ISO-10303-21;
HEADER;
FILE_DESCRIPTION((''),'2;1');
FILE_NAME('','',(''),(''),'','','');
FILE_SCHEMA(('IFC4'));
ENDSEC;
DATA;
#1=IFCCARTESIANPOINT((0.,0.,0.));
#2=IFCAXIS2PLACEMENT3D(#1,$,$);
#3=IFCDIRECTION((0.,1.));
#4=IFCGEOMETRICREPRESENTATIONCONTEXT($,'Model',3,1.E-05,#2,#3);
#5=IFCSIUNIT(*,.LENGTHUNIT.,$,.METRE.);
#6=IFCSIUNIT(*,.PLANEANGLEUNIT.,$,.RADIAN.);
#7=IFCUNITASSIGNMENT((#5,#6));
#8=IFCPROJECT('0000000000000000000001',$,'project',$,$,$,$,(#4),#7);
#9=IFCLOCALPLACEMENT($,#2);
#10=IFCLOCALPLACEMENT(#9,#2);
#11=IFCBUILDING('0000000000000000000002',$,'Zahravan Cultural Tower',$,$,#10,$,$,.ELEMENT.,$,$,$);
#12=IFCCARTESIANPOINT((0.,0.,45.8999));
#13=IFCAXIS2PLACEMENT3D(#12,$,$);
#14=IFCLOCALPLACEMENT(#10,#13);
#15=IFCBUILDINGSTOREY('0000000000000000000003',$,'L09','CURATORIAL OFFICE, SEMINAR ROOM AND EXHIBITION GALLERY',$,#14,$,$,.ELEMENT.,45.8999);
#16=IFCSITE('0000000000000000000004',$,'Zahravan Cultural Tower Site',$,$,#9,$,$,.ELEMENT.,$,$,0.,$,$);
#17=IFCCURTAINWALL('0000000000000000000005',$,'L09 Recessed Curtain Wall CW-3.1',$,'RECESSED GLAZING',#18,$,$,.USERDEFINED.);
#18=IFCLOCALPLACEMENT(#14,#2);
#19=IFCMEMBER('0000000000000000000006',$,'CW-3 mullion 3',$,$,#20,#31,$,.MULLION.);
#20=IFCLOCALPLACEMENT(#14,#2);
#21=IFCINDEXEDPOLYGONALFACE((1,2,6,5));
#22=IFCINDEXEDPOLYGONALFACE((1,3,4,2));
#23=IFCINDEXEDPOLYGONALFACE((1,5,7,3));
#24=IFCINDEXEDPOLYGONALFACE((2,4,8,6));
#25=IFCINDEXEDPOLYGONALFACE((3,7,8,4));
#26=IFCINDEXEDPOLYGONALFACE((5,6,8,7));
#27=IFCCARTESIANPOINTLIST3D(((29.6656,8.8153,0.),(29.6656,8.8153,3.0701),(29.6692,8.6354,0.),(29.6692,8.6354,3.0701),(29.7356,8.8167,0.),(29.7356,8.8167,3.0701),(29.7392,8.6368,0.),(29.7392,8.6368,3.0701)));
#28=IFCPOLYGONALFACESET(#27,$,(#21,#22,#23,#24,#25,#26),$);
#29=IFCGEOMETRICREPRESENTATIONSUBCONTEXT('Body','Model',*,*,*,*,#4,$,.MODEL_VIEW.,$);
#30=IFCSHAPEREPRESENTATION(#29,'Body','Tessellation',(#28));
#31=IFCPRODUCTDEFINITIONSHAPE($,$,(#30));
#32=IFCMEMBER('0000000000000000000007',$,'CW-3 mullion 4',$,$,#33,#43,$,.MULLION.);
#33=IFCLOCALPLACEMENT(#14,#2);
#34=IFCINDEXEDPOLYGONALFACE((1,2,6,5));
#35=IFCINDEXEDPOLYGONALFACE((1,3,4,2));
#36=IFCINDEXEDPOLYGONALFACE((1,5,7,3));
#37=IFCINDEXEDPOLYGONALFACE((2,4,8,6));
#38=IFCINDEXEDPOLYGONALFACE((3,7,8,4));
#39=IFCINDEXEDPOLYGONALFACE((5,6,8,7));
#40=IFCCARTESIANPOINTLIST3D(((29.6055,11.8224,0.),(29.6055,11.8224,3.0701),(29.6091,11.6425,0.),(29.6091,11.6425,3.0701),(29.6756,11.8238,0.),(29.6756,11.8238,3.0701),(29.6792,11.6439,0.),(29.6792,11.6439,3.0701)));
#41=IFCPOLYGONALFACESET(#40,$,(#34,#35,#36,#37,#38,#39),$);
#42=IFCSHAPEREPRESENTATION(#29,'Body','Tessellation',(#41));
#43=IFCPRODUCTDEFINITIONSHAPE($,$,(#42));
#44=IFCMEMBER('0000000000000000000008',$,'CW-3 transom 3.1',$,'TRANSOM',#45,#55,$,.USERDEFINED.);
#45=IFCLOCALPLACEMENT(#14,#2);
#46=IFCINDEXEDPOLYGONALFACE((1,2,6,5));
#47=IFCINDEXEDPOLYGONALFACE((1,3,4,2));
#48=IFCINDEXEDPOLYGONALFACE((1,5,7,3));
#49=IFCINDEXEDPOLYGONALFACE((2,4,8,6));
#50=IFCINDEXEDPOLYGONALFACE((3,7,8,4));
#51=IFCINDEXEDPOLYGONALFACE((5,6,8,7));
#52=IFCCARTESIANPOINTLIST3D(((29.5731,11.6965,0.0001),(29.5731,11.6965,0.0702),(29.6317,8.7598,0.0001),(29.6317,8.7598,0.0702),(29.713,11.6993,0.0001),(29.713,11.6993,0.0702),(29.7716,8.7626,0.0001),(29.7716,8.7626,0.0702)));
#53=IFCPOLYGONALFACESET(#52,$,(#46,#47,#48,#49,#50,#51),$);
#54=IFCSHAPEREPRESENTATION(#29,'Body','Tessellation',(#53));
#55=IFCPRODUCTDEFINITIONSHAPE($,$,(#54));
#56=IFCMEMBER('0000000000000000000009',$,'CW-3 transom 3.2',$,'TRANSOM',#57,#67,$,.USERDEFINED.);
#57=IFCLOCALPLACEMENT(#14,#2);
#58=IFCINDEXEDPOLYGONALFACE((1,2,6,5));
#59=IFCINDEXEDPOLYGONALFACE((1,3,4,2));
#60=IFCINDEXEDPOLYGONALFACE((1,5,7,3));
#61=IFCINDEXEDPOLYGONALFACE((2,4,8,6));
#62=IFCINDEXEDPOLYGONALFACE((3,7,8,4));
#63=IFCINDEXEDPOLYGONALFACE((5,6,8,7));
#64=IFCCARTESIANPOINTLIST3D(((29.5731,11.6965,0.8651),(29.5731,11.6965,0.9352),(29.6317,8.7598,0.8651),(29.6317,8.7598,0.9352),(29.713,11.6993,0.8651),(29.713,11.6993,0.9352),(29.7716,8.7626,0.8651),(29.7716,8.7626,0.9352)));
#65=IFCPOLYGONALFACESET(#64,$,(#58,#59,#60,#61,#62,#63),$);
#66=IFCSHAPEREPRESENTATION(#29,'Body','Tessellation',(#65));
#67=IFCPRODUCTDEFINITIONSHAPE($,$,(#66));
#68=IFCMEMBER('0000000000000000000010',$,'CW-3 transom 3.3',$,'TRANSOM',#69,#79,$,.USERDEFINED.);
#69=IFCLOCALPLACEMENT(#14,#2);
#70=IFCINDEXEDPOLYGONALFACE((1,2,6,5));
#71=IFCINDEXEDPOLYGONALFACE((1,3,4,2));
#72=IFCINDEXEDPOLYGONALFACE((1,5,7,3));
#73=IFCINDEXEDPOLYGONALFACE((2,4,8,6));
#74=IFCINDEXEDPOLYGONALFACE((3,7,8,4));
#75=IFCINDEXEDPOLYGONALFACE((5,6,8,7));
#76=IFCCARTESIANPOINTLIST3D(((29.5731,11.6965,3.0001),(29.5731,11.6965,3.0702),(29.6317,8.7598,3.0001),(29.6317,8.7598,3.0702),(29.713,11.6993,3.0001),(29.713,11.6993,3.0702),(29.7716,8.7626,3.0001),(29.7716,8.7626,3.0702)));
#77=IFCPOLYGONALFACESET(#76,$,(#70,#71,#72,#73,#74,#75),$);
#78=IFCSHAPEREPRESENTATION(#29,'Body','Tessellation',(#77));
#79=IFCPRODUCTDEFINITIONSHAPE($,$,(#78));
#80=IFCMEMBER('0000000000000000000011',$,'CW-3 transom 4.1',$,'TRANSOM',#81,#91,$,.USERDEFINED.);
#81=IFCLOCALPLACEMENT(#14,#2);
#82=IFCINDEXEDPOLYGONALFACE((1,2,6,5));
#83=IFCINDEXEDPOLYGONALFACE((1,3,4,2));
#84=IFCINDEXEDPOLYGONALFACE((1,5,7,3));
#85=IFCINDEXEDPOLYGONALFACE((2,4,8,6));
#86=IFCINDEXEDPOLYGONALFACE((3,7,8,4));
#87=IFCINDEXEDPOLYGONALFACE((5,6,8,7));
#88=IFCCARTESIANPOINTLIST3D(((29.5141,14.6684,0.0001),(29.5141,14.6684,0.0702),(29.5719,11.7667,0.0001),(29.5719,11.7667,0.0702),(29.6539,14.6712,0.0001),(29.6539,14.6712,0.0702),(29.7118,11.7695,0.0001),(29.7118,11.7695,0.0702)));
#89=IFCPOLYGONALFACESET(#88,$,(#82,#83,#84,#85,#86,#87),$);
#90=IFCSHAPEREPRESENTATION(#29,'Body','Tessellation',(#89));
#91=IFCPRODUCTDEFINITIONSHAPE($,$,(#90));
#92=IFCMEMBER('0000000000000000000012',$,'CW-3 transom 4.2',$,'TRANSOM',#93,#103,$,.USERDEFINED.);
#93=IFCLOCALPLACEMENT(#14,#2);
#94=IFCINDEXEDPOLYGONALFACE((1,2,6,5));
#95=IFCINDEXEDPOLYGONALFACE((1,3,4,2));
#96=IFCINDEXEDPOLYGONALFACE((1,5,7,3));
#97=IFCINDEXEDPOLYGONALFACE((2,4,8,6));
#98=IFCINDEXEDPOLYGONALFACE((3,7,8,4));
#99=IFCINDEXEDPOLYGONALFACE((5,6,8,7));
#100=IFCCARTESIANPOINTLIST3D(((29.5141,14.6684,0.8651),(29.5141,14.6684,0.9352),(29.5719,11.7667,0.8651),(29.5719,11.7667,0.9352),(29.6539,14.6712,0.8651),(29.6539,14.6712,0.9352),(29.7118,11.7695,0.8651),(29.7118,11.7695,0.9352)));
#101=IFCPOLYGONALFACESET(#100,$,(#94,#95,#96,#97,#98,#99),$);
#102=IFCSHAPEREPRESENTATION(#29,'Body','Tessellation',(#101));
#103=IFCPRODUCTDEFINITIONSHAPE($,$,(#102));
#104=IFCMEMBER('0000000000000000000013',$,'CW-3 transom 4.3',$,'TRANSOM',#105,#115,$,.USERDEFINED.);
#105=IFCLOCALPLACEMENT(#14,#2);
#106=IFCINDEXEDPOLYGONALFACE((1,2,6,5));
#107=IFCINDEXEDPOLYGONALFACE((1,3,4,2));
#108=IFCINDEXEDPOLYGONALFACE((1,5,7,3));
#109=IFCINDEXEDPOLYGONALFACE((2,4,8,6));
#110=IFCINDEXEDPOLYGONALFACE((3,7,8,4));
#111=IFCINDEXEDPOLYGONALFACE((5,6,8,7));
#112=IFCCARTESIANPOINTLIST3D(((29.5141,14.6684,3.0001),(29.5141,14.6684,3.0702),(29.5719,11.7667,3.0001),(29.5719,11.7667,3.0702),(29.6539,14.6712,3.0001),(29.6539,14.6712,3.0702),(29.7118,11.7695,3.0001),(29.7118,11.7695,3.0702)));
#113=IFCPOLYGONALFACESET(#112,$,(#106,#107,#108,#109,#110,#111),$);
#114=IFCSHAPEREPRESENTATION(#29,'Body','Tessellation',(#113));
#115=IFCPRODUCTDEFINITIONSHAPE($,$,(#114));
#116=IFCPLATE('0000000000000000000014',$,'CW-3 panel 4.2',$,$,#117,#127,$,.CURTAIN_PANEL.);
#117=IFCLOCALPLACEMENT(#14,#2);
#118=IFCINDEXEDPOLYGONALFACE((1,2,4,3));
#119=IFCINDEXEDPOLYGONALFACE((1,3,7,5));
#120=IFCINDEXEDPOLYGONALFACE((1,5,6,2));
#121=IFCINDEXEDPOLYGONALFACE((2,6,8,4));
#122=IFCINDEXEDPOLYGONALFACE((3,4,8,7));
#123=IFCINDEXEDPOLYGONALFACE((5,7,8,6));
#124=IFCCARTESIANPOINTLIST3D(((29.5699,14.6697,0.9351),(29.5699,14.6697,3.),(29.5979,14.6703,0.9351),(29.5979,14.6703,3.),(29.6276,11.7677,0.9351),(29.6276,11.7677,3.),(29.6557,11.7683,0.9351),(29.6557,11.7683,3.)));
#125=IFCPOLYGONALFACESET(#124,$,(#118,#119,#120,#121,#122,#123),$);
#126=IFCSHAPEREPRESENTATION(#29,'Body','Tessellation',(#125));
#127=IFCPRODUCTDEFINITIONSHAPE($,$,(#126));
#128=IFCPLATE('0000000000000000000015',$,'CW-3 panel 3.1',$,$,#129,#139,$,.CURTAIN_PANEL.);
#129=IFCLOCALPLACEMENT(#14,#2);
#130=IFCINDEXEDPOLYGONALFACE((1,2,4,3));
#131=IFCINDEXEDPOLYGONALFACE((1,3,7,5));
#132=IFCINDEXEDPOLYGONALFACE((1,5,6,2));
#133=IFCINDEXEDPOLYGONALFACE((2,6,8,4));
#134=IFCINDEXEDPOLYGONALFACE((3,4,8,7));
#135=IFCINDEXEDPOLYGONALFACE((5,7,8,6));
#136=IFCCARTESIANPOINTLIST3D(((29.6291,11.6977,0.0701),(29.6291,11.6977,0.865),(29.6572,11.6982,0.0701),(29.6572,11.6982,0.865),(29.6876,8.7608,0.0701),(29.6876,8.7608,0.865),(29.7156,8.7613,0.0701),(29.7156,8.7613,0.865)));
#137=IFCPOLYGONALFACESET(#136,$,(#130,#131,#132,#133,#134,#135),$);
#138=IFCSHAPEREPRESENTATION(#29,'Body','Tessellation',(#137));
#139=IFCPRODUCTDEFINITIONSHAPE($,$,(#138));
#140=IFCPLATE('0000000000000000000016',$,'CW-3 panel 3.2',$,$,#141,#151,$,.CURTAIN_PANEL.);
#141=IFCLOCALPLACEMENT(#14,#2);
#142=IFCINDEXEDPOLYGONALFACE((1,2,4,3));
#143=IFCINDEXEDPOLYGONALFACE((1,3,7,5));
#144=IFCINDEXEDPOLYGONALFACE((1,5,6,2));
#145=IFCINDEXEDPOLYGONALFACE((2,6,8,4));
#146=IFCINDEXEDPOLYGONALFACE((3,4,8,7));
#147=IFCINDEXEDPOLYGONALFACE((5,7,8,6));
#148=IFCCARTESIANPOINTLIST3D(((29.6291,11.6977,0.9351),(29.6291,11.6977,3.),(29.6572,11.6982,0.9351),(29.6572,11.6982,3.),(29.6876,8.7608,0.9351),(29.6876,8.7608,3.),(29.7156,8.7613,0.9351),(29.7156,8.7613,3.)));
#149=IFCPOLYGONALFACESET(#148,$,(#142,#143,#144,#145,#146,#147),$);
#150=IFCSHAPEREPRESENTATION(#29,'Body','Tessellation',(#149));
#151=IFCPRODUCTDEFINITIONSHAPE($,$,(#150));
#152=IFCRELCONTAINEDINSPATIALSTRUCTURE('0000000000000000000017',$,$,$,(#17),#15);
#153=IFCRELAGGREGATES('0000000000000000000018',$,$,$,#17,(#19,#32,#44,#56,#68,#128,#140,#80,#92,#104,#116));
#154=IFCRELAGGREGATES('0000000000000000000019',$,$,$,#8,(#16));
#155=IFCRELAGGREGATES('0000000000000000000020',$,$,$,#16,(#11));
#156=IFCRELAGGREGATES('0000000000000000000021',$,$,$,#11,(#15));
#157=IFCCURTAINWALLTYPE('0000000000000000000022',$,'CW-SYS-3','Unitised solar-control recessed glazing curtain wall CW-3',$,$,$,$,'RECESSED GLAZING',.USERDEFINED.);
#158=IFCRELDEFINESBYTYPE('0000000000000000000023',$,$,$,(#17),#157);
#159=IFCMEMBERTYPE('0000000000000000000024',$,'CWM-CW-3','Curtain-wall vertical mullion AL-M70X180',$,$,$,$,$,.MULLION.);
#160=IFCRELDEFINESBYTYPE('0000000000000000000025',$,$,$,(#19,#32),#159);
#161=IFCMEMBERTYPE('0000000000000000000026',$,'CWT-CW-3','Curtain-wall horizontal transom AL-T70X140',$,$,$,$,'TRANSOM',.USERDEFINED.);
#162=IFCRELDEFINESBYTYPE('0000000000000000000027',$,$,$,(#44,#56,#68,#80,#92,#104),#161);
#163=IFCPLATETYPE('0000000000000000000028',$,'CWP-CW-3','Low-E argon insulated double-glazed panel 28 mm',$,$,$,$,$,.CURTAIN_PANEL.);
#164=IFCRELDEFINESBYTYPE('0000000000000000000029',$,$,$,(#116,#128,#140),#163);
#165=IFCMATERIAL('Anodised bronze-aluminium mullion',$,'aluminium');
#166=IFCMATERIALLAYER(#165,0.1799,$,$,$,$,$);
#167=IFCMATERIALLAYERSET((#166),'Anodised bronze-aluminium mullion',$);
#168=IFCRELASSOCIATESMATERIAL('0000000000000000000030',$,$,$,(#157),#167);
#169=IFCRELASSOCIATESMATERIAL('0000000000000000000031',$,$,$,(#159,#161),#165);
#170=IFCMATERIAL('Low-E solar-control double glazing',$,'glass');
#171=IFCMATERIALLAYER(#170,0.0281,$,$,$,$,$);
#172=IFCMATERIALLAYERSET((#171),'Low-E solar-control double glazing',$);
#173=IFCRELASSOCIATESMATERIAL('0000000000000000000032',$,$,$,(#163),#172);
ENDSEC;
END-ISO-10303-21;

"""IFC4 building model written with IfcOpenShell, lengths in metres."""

from ifc_helpers import new_model, si_unit, direction, frame, origin, origin_2d, place, context, subcontext, project, spatial, rectangle, extrude, source, transform, mapped, material, layer, layer_set, material_profile, profile_set, type_object, element, aggregate, save


model = new_model("IFC4")

# Units and contexts
model_context = context("Model", 3, precision=1e-05, world=origin(), true_north=direction((0.0, 1.0)))
body_context = subcontext(model_context, "Body", "Model", "MODEL_VIEW")
ifc_project = project(units=[si_unit("LENGTHUNIT", "METRE"), si_unit("PLANEANGLEUNIT", "RADIAN")], contexts=[model_context])

# Site, building, storey
site_placement = place(None, origin())
site = spatial("IfcSite", under=ifc_project, at=site_placement, Name="Zahravan Cultural Tower Site", CompositionType="ELEMENT", RefElevation=0.0)
building_placement = place(site_placement, origin())
building = spatial("IfcBuilding", under=site, at=building_placement, Name="Zahravan Cultural Tower", CompositionType="ELEMENT")
storey_placement = place(building_placement, frame((0.0, 0.0, 45.8999)))
storey = spatial("IfcBuildingStorey", under=building, at=storey_placement, Name="L09", Description="CURATORIAL OFFICE, SEMINAR ROOM AND EXHIBITION GALLERY", CompositionType="ELEMENT", Elevation=45.8999)

# Curtain wall, members, plates
ifc_material_1 = material(Name="Anodised bronze-aluminium mullion", Category="aluminium")
ifc_layer_1 = layer(ifc_material_1, 0.1799)
ifc_layer_set_1 = layer_set([ifc_layer_1], Name="Anodised bronze-aluminium mullion")
curtain_wall_type = type_object("IfcCurtainWallType", Name="CW-SYS-3", Description="Unitised solar-control recessed glazing curtain wall CW-3", ElementType="RECESSED GLAZING", PredefinedType="USERDEFINED", material=ifc_layer_set_1)
curtain_wall_placement = place(storey_placement, origin())
curtain_wall = element("IfcCurtainWall", 1, at=curtain_wall_placement, inside=storey, type_object=curtain_wall_type, Name="L09 Recessed Curtain Wall CW-3.1", ObjectType="RECESSED GLAZING", PredefinedType="USERDEFINED")
ifc_material_profile_1 = material_profile(ifc_material_1, rectangle(XDim=0.0701, YDim=0.1799, at=origin_2d()), Name="AL-M70X180")
ifc_profile_set_1 = profile_set([ifc_material_profile_1], Name="Anodised bronze-aluminium mullion")
member_type_1 = type_object("IfcMemberType", Name="CWM-CW-3", Description="Curtain-wall vertical mullion AL-M70X180", PredefinedType="MULLION", material=ifc_profile_set_1)
shared_shape_1 = source(origin(), body_context, "Body", "SweptSolid", [
    extrude(rectangle(XDim=0.0701, YDim=0.1799, at=origin_2d()), origin(), (0.0, 0.0, 1.0), 3.0701),
])
member_1_placement = place(storey_placement, frame((29.7024, 8.7261, 0.0), z_axis=(0.0, 0.0, 1.0), x_axis=(-0.999802, -0.0199, 0.0)))
member_1 = element("IfcMember", 2, at=member_1_placement, type_object=member_type_1, Name="CW-3 mullion 3", PredefinedType="MULLION", context=body_context, shape_type="MappedRepresentation", body=[
    mapped(shared_shape_1, transform((0.0, 0.0, 0.0), x_axis=(1.0, 0.0, 0.0), y_axis=(0.0, 1.0, 0.0), z_axis=(0.0, 0.0, 1.0), scale=1.0)),
])
member_2_placement = place(storey_placement, frame((29.6423, 11.7332, 0.0), z_axis=(0.0, 0.0, 1.0), x_axis=(-0.999802, -0.0199, 0.0)))
member_2 = element("IfcMember", 3, at=member_2_placement, type_object=member_type_1, Name="CW-3 mullion 4", PredefinedType="MULLION", context=body_context, shape_type="MappedRepresentation", body=[
    mapped(shared_shape_1, transform((0.0, 0.0, 0.0), x_axis=(1.0, 0.0, 0.0), y_axis=(0.0, 1.0, 0.0), z_axis=(0.0, 0.0, 1.0), scale=1.0)),
])
ifc_material_profile_2 = material_profile(ifc_material_1, rectangle(XDim=0.1399, YDim=0.0701, at=origin_2d()), Name="AL-T70X140")
ifc_profile_set_2 = profile_set([ifc_material_profile_2], Name="Anodised bronze-aluminium mullion")
member_type_2 = type_object("IfcMemberType", Name="CWT-CW-3", Description="Curtain-wall horizontal transom AL-T70X140", ElementType="TRANSOM", PredefinedType="USERDEFINED", material=ifc_profile_set_2)
shared_shape_2 = source(origin(), body_context, "Body", "SweptSolid", [
    extrude(rectangle(XDim=0.1399, YDim=0.0701, at=origin_2d()), origin(), (0.0, 0.0, 1.0), 2.9373),
])
member_3_placement = place(storey_placement, frame((29.7017, 8.7612, 0.0352), z_axis=(-0.019948, 0.999801, 0.0), x_axis=(-0.999801, -0.019948, 0.0)))
member_3 = element("IfcMember", 4, at=member_3_placement, type_object=member_type_2, Name="CW-3 transom 3.1", ObjectType="TRANSOM", PredefinedType="USERDEFINED", context=body_context, shape_type="MappedRepresentation", body=[
    mapped(shared_shape_2, transform((0.0, 0.0, 0.0), x_axis=(1.0, 0.0, 0.0), y_axis=(0.0, 1.0, 0.0), z_axis=(0.0, 0.0, 1.0), scale=1.0)),
])
member_4_placement = place(storey_placement, frame((29.7017, 8.7612, 0.9001), z_axis=(-0.019948, 0.999801, 0.0), x_axis=(-0.999801, -0.019948, 0.0)))
member_4 = element("IfcMember", 5, at=member_4_placement, type_object=member_type_2, Name="CW-3 transom 3.2", ObjectType="TRANSOM", PredefinedType="USERDEFINED", context=body_context, shape_type="MappedRepresentation", body=[
    mapped(shared_shape_2, transform((0.0, 0.0, 0.0), x_axis=(1.0, 0.0, 0.0), y_axis=(0.0, 1.0, 0.0), z_axis=(0.0, 0.0, 1.0), scale=1.0)),
])
member_5_placement = place(storey_placement, frame((29.7017, 8.7612, 3.0352), z_axis=(-0.019948, 0.999801, 0.0), x_axis=(-0.999801, -0.019948, 0.0)))
member_5 = element("IfcMember", 6, at=member_5_placement, type_object=member_type_2, Name="CW-3 transom 3.3", ObjectType="TRANSOM", PredefinedType="USERDEFINED", context=body_context, shape_type="MappedRepresentation", body=[
    mapped(shared_shape_2, transform((0.0, 0.0, 0.0), x_axis=(1.0, 0.0, 0.0), y_axis=(0.0, 1.0, 0.0), z_axis=(0.0, 0.0, 1.0), scale=1.0)),
])
shared_shape_3 = source(origin(), body_context, "Body", "SweptSolid", [
    extrude(rectangle(XDim=0.1399, YDim=0.0701, at=origin_2d()), origin(), (0.0, 0.0, 1.0), 2.9023),
])
member_6_placement = place(storey_placement, frame((29.6418, 11.7681, 0.0352), z_axis=(-0.019935, 0.999801, 0.0), x_axis=(-0.999801, -0.019935, 0.0)))
member_6 = element("IfcMember", 7, at=member_6_placement, type_object=member_type_2, Name="CW-3 transom 4.1", ObjectType="TRANSOM", PredefinedType="USERDEFINED", context=body_context, shape_type="MappedRepresentation", body=[
    mapped(shared_shape_3, transform((0.0, 0.0, 0.0), x_axis=(1.0, 0.0, 0.0), y_axis=(0.0, 1.0, 0.0), z_axis=(0.0, 0.0, 1.0), scale=1.0)),
])
member_7_placement = place(storey_placement, frame((29.6418, 11.7681, 0.9001), z_axis=(-0.019935, 0.999801, 0.0), x_axis=(-0.999801, -0.019935, 0.0)))
member_7 = element("IfcMember", 8, at=member_7_placement, type_object=member_type_2, Name="CW-3 transom 4.2", ObjectType="TRANSOM", PredefinedType="USERDEFINED", context=body_context, shape_type="MappedRepresentation", body=[
    mapped(shared_shape_3, transform((0.0, 0.0, 0.0), x_axis=(1.0, 0.0, 0.0), y_axis=(0.0, 1.0, 0.0), z_axis=(0.0, 0.0, 1.0), scale=1.0)),
])
member_8_placement = place(storey_placement, frame((29.6418, 11.7681, 3.0352), z_axis=(-0.019935, 0.999801, 0.0), x_axis=(-0.999801, -0.019935, 0.0)))
member_8 = element("IfcMember", 9, at=member_8_placement, type_object=member_type_2, Name="CW-3 transom 4.3", ObjectType="TRANSOM", PredefinedType="USERDEFINED", context=body_context, shape_type="MappedRepresentation", body=[
    mapped(shared_shape_3, transform((0.0, 0.0, 0.0), x_axis=(1.0, 0.0, 0.0), y_axis=(0.0, 1.0, 0.0), z_axis=(0.0, 0.0, 1.0), scale=1.0)),
])
ifc_material_2 = material(Name="Low-E solar-control double glazing", Category="glass")
ifc_layer_2 = layer(ifc_material_2, 0.0281)
ifc_layer_set_2 = layer_set([ifc_layer_2], Name="Low-E solar-control double glazing")
plate_type = type_object("IfcPlateType", Name="CWP-CW-3", Description="Low-E argon insulated double-glazed panel 28 mm", PredefinedType="CURTAIN_PANEL", material=ifc_layer_set_2)
shared_shape_4 = source(origin(), body_context, "Body", "SweptSolid", [
    extrude(rectangle(XDim=2.9026, YDim=0.0281, at=origin_2d()), origin(), (0.0, 0.0, 1.0), 2.0649),
])
plate_1_placement = place(storey_placement, frame((29.6128, 13.219, 0.9351), z_axis=(0.0, 0.0, 1.0), x_axis=(-0.0199, 0.999802, 0.0)))
plate_1 = element("IfcPlate", 10, at=plate_1_placement, type_object=plate_type, Name="CW-3 panel 4.2", PredefinedType="CURTAIN_PANEL", context=body_context, shape_type="MappedRepresentation", body=[
    mapped(shared_shape_4, transform((0.0, 0.0, 0.0), x_axis=(1.0, 0.0, 0.0), y_axis=(0.0, 1.0, 0.0), z_axis=(0.0, 0.0, 1.0), scale=1.0)),
])
shared_shape_5 = source(origin(), body_context, "Body", "SweptSolid", [
    extrude(rectangle(XDim=2.9375, YDim=0.0281, at=origin_2d()), origin(), (0.0, 0.0, 1.0), 0.7949),
])
plate_2_placement = place(storey_placement, frame((29.6724, 10.2295, 0.0701), z_axis=(0.0, 0.0, 1.0), x_axis=(-0.0199, 0.999802, 0.0)))
plate_2 = element("IfcPlate", 11, at=plate_2_placement, type_object=plate_type, Name="CW-3 panel 3.1", PredefinedType="CURTAIN_PANEL", context=body_context, shape_type="MappedRepresentation", body=[
    mapped(shared_shape_5, transform((0.0, 0.0, 0.0), x_axis=(1.0, 0.0, 0.0), y_axis=(0.0, 1.0, 0.0), z_axis=(0.0, 0.0, 1.0), scale=1.0)),
])
shared_shape_6 = source(origin(), body_context, "Body", "SweptSolid", [
    extrude(rectangle(XDim=2.9375, YDim=0.0281, at=origin_2d()), origin(), (0.0, 0.0, 1.0), 2.0649),
])
plate_3_placement = place(storey_placement, frame((29.6724, 10.2295, 0.9351), z_axis=(0.0, 0.0, 1.0), x_axis=(-0.0199, 0.999802, 0.0)))
plate_3 = element("IfcPlate", 12, at=plate_3_placement, type_object=plate_type, Name="CW-3 panel 3.2", PredefinedType="CURTAIN_PANEL", context=body_context, shape_type="MappedRepresentation", body=[
    mapped(shared_shape_6, transform((0.0, 0.0, 0.0), x_axis=(1.0, 0.0, 0.0), y_axis=(0.0, 1.0, 0.0), z_axis=(0.0, 0.0, 1.0), scale=1.0)),
])
aggregate(curtain_wall, [member_1, member_2, member_3, member_4, member_5, plate_2, plate_3, member_6, member_7, member_8, plate_1])

save(model, "model.ifc")
